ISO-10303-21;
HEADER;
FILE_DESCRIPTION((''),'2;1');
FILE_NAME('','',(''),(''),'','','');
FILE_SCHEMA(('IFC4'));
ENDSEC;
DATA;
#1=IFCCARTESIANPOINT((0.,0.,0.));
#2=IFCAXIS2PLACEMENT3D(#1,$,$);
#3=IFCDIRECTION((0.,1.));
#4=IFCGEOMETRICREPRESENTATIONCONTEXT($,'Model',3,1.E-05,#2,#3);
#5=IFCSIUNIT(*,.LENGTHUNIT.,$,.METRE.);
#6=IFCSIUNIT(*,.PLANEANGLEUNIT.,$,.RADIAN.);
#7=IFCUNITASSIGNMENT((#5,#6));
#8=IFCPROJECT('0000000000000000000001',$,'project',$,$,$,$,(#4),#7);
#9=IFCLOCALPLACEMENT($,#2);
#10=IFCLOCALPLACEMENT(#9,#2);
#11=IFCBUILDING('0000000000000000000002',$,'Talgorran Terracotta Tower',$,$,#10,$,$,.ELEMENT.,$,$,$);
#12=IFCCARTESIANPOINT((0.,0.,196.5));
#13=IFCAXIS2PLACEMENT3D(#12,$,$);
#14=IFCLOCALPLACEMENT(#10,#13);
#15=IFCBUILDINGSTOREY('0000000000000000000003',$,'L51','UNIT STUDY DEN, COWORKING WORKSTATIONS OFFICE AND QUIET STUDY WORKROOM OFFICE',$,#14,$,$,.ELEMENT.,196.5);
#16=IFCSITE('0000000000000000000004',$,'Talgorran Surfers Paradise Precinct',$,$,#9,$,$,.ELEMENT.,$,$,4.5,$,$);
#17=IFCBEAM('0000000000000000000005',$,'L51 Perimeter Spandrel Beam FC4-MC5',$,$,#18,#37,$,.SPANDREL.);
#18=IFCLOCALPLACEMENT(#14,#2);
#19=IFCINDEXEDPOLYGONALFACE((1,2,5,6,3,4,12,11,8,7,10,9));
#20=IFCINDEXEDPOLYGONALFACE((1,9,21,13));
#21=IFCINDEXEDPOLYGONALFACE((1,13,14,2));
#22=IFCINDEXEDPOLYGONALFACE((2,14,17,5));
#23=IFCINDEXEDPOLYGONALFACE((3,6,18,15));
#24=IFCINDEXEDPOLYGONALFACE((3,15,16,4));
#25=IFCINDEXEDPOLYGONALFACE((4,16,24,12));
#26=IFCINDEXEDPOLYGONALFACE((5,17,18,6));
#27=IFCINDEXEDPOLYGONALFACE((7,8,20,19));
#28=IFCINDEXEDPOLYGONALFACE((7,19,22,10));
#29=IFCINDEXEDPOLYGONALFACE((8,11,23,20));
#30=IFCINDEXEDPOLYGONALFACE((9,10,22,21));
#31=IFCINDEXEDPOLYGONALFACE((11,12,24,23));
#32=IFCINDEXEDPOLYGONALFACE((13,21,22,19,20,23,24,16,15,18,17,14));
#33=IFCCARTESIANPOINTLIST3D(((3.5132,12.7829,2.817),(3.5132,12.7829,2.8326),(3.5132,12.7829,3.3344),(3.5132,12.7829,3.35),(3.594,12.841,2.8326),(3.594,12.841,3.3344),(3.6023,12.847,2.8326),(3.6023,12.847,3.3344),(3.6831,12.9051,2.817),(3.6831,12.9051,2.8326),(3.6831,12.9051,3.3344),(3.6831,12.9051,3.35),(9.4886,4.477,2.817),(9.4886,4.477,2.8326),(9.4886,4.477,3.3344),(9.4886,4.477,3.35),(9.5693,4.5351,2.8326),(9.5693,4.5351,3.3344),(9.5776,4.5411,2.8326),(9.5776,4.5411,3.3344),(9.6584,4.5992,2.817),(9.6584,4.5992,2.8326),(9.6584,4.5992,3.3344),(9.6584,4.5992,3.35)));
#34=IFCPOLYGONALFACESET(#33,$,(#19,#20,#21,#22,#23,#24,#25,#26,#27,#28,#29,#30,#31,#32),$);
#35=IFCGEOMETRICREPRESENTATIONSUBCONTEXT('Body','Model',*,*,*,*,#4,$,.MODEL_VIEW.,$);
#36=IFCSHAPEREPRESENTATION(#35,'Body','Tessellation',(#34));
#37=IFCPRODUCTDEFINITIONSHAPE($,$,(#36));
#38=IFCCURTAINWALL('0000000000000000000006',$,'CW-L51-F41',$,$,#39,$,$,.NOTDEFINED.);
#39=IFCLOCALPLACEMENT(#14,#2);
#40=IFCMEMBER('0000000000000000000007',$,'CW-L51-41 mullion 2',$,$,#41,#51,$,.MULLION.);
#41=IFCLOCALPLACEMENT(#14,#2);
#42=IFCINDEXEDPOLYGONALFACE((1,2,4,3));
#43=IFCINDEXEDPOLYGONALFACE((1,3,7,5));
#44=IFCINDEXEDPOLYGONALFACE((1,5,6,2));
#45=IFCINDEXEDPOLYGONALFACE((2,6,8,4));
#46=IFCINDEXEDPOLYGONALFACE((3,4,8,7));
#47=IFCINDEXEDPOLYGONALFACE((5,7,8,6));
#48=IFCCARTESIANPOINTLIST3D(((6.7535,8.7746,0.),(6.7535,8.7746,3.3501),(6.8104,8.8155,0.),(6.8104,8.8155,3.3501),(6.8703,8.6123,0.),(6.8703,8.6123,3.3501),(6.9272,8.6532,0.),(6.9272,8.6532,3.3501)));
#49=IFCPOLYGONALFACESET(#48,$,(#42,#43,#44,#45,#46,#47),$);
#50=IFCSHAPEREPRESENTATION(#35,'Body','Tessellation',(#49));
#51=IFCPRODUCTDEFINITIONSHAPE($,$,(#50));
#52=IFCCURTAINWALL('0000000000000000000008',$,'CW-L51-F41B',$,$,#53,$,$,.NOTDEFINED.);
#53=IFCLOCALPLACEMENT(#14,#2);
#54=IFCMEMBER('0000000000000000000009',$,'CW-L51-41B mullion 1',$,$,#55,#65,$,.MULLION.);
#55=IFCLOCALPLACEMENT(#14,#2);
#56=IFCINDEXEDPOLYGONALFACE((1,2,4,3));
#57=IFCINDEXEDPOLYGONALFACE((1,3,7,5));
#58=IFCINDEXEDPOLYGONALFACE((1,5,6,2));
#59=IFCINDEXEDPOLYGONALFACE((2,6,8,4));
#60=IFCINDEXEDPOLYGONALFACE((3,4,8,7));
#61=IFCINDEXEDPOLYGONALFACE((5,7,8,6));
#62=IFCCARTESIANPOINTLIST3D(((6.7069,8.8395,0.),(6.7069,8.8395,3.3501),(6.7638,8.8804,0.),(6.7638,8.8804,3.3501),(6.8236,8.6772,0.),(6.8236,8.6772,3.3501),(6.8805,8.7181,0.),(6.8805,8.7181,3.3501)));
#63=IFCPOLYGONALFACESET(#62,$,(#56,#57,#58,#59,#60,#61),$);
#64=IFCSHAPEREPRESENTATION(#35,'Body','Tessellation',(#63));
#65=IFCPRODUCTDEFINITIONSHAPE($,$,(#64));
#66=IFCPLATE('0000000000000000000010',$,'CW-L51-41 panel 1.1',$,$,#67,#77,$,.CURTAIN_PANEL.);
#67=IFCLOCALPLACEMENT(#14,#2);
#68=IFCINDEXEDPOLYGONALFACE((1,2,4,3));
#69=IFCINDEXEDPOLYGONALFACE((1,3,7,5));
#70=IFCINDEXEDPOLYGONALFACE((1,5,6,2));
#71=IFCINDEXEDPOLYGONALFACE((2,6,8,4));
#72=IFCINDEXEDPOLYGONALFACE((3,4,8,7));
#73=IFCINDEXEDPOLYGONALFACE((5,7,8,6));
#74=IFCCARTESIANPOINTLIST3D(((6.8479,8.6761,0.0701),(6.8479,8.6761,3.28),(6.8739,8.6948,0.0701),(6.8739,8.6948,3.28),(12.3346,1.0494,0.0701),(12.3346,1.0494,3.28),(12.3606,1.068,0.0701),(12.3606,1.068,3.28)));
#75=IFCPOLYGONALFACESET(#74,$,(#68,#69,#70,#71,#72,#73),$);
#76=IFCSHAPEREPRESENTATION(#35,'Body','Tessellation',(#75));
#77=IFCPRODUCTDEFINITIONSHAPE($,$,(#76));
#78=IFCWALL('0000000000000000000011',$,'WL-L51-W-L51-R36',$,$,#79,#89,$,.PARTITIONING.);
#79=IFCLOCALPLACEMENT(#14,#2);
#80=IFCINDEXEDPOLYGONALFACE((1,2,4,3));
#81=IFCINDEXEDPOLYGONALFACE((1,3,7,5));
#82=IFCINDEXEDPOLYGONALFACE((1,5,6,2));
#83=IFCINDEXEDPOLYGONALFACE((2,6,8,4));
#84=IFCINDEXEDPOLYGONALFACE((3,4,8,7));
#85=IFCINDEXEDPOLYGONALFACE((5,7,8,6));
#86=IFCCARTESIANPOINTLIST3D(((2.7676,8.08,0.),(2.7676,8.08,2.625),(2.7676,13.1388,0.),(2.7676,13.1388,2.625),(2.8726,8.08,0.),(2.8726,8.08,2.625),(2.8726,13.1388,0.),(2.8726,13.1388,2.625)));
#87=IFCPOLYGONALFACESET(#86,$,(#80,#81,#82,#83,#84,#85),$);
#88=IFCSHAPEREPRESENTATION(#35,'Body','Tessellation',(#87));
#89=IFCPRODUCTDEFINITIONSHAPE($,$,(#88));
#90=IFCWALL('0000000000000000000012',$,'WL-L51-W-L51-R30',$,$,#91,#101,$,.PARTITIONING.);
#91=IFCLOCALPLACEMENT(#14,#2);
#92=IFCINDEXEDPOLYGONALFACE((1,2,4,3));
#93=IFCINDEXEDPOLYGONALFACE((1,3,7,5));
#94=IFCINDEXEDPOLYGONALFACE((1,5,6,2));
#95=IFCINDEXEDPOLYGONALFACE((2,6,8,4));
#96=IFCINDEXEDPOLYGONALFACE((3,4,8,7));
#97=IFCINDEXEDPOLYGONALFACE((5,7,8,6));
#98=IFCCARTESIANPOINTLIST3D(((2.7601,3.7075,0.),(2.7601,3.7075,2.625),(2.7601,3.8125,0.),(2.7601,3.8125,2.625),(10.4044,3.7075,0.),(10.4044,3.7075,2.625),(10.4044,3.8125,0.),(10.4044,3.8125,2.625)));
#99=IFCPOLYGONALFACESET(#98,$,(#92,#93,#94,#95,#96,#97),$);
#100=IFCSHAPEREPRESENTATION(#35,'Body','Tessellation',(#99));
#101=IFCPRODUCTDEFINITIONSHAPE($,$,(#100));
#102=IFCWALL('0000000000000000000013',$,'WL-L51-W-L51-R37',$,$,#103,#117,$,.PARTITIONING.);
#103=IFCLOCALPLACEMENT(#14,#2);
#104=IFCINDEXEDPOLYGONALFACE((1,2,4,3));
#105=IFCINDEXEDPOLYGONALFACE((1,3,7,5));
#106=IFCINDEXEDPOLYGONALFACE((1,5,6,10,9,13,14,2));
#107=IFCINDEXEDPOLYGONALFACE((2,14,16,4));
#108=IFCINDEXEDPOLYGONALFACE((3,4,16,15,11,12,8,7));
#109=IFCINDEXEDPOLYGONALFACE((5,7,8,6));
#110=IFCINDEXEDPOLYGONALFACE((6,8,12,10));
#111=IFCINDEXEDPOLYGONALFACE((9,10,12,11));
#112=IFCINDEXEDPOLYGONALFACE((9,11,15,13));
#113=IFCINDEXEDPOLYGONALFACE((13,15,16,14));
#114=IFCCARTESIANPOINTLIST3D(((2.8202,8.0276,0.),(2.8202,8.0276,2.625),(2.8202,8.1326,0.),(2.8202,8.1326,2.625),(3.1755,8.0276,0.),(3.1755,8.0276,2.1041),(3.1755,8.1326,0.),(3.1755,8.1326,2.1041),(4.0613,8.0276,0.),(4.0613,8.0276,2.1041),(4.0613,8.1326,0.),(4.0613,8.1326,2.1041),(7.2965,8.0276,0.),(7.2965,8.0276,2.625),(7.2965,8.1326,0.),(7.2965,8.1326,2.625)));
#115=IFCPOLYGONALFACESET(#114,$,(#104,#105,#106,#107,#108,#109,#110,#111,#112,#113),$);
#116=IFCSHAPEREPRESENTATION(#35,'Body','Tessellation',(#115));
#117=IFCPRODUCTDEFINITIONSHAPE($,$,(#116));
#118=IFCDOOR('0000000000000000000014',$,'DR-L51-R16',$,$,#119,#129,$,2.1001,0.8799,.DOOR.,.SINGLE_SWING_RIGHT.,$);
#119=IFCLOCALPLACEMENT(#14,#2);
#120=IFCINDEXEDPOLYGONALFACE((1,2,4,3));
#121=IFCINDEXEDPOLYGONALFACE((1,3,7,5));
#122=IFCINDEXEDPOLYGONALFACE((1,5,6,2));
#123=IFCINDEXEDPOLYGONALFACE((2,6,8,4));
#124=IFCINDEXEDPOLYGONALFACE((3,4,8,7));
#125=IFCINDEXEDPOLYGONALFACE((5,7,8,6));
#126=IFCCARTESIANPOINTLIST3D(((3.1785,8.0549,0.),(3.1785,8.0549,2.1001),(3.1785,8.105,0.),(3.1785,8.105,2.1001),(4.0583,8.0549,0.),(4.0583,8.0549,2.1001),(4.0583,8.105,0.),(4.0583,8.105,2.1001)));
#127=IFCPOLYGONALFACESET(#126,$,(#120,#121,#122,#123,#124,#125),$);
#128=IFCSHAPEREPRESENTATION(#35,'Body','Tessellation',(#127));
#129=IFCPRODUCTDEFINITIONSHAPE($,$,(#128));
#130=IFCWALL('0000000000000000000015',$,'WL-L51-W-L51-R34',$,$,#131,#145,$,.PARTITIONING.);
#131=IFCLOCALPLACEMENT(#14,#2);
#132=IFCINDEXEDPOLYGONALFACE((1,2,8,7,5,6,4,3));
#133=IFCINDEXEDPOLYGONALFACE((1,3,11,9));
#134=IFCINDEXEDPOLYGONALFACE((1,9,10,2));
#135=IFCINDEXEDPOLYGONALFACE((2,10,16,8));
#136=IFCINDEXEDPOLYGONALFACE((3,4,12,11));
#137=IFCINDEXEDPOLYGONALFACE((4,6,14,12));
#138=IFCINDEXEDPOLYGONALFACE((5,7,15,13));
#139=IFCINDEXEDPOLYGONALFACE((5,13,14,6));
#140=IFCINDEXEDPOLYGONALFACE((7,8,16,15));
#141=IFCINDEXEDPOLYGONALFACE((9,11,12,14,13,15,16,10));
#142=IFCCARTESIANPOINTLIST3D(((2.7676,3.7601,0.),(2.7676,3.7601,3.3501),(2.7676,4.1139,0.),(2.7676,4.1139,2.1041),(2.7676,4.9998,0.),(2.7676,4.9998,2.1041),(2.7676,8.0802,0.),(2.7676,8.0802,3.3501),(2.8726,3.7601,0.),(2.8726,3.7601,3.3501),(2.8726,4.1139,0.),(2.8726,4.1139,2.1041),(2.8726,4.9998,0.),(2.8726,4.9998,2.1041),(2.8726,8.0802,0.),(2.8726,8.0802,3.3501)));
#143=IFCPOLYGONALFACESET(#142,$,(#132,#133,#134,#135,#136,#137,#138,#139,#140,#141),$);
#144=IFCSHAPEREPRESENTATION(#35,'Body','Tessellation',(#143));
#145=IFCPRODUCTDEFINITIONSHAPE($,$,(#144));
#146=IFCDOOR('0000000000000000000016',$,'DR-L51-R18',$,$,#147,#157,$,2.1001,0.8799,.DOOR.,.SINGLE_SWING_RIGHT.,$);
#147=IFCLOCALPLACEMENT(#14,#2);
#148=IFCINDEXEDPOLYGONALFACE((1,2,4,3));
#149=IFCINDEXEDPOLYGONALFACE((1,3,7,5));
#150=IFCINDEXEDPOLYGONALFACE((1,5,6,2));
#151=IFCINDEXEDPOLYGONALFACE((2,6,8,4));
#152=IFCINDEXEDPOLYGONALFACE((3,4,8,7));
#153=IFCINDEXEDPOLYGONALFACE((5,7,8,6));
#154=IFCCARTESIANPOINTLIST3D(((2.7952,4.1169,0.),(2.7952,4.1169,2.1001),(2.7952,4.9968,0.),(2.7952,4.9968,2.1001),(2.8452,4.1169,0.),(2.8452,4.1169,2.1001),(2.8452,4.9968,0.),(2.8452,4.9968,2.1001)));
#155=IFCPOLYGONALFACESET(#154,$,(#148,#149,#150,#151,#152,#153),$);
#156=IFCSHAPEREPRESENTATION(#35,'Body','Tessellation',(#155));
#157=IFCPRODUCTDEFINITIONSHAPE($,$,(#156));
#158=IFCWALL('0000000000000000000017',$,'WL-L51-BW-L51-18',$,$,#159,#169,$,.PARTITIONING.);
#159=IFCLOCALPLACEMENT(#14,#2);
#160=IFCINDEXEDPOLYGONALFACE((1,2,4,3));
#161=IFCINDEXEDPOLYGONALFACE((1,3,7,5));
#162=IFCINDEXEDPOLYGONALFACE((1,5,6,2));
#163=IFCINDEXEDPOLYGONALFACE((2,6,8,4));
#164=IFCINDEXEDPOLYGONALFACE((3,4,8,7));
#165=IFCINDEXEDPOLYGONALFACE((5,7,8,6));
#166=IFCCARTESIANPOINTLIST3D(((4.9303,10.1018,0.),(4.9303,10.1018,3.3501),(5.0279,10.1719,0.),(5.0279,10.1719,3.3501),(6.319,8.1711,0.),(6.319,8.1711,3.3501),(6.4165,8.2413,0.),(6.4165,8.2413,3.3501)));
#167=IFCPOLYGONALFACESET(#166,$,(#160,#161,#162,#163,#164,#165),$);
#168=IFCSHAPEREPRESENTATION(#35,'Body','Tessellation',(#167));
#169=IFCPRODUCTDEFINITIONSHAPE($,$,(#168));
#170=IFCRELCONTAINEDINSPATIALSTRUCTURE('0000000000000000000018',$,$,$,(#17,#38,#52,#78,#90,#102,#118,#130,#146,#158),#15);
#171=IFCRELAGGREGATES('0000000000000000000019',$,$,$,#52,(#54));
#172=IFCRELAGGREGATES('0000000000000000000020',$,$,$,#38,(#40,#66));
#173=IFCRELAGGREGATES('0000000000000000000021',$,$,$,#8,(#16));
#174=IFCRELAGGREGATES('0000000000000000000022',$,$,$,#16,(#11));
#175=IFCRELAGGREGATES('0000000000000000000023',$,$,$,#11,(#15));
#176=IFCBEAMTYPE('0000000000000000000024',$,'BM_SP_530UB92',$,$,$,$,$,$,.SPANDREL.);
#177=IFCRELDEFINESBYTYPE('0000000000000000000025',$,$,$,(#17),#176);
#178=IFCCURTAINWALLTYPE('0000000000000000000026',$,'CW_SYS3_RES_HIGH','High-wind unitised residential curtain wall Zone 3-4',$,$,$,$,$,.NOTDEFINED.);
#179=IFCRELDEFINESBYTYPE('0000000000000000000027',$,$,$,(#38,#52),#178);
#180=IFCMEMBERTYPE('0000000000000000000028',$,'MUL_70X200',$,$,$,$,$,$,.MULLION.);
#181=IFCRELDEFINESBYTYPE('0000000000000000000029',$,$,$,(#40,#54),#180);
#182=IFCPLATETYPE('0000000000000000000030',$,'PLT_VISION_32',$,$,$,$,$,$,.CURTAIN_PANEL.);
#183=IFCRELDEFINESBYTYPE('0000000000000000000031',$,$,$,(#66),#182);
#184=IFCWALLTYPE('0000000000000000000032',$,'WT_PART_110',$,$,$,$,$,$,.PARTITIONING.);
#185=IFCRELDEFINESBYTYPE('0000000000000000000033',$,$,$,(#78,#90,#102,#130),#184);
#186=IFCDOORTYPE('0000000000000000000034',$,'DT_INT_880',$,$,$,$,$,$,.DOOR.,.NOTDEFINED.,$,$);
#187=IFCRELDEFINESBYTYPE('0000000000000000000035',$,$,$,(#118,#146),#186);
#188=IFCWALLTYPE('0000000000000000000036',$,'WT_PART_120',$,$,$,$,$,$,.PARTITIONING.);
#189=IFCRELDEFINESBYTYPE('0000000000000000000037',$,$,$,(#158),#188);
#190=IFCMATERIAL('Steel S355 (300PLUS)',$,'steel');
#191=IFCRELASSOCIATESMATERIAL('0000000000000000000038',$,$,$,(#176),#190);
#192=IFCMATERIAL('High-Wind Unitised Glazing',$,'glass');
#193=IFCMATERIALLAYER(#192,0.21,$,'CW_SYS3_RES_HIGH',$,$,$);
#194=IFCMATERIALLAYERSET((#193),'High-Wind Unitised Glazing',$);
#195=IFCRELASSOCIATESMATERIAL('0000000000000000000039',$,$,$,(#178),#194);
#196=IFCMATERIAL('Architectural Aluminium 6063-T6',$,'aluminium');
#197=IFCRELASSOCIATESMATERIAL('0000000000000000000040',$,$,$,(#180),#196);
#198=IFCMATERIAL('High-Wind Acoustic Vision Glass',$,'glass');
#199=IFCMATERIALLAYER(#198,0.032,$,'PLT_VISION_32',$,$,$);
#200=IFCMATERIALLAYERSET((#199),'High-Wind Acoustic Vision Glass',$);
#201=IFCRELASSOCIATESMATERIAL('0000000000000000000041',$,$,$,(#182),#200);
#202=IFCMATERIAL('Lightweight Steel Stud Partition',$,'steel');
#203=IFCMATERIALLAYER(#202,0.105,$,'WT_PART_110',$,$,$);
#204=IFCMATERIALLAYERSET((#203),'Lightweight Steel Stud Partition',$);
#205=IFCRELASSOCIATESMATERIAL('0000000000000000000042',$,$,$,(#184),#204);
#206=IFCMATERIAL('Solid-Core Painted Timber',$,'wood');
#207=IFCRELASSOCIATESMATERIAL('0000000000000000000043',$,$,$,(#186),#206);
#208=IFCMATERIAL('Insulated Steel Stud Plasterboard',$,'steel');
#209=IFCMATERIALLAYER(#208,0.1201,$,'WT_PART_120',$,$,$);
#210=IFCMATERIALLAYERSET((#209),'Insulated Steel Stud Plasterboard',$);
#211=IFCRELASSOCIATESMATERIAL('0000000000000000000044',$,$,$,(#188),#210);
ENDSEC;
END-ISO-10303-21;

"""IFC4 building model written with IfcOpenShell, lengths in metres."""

from ifc_helpers import new_model, si_unit, direction, frame, frame_2d, origin, origin_2d, place, context, subcontext, project, spatial, rectangle, i_section, extrude, source, transform, mapped, material, layer, layer_set, material_profile, profile_set, type_object, type_shapes, element, fill, aggregate, save


model = new_model("IFC4")

# Units and contexts
model_context = context("Model", 3, precision=1e-05, world=origin(), true_north=direction((0.0, 1.0)))
body_context = subcontext(model_context, "Body", "Model", "MODEL_VIEW")
ifc_project = project(units=[si_unit("LENGTHUNIT", "METRE"), si_unit("PLANEANGLEUNIT", "RADIAN")], contexts=[model_context])

# Site, building, storey
site_placement = place(None, origin())
site = spatial("IfcSite", under=ifc_project, at=site_placement, Name="Talgorran Surfers Paradise Precinct", CompositionType="ELEMENT", RefElevation=4.5)
building_placement = place(site_placement, origin())
building = spatial("IfcBuilding", under=site, at=building_placement, Name="Talgorran Terracotta Tower", CompositionType="ELEMENT")
storey_placement = place(building_placement, frame((0.0, 0.0, 196.5)))
storey = spatial("IfcBuildingStorey", under=building, at=storey_placement, Name="L51", Description="UNIT STUDY DEN, COWORKING WORKSTATIONS OFFICE AND QUIET STUDY WORKROOM OFFICE", CompositionType="ELEMENT", Elevation=196.5)

# Shared definitions
ifc_material_1 = material(Name="Steel S355 (300PLUS)", Category="steel")

# Beam
ifc_material_profile_1 = material_profile(ifc_material_1, i_section(OverallWidth=0.2092, OverallDepth=0.533, WebThickness=0.0103, FlangeThickness=0.0156, at=origin_2d()), Name="530UB92.4")
ifc_profile_set_1 = profile_set([ifc_material_profile_1], Name="Steel S355 (300PLUS)")
beam_type_1 = type_object("IfcBeamType", Name="BM_SP_530UB92", PredefinedType="SPANDREL", material=ifc_profile_set_1)
beam_1_placement = place(storey_placement, frame((9.5735, 4.5381, 3.0835), z_axis=(-0.583989, 0.811762, 0.0), x_axis=(-0.811762, -0.583989, 0.0)))
element("IfcBeam", 1, at=beam_1_placement, inside=storey, type_object=beam_type_1, Name="L51 Perimeter Spandrel Beam FC4-MC5", PredefinedType="SPANDREL", context=body_context, shape_type="SweptSolid", body=[
    extrude(i_section(OverallWidth=0.2092, OverallDepth=0.533, WebThickness=0.0103, FlangeThickness=0.0156, at=origin_2d()), origin(), (0.0, 0.0, 1.0), 10.2319),
])

# Curtain walls, members
ifc_material_2 = material(Name="High-Wind Unitised Glazing", Category="glass")
ifc_layer_1 = layer(ifc_material_2, 0.21, Name="CW_SYS3_RES_HIGH")
ifc_layer_set_1 = layer_set([ifc_layer_1], Name="High-Wind Unitised Glazing")
curtain_wall_type = type_object("IfcCurtainWallType", Name="CW_SYS3_RES_HIGH", Description="High-wind unitised residential curtain wall Zone 3-4", PredefinedType="NOTDEFINED", material=ifc_layer_set_1)
curtain_wall_1_placement = place(storey_placement, origin())
curtain_wall_1 = element("IfcCurtainWall", 2, at=curtain_wall_1_placement, inside=storey, type_object=curtain_wall_type, Name="CW-L51-F41", PredefinedType="NOTDEFINED")
ifc_material_3 = material(Name="Architectural Aluminium 6063-T6", Category="aluminium")
ifc_material_profile_2 = material_profile(ifc_material_3, rectangle(XDim=0.0701, YDim=0.2, at=origin_2d()), Name="CWM70X200")
ifc_profile_set_2 = profile_set([ifc_material_profile_2], Name="Architectural Aluminium 6063-T6")
member_type = type_object("IfcMemberType", Name="MUL_70X200", PredefinedType="MULLION", material=ifc_profile_set_2)
member_1_placement = place(storey_placement, frame((6.8403, 8.7139, 0.0), z_axis=(0.0, 0.0, 1.0), x_axis=(-0.811762, -0.583988, 0.0)))
member_1 = element("IfcMember", 3, at=member_1_placement, type_object=member_type, Name="CW-L51-41 mullion 2", PredefinedType="MULLION", context=body_context, shape_type="SweptSolid", body=[
    extrude(rectangle(XDim=0.0701, YDim=0.2, at=origin_2d()), origin(), (0.0, 0.0, 1.0), 3.3501),
])
curtain_wall_2_placement = place(storey_placement, origin())
curtain_wall_2 = element("IfcCurtainWall", 4, at=curtain_wall_2_placement, inside=storey, type_object=curtain_wall_type, Name="CW-L51-F41B", PredefinedType="NOTDEFINED")
member_2_placement = place(storey_placement, frame((6.7937, 8.7788, 0.0), z_axis=(0.0, 0.0, 1.0), x_axis=(-0.811758, -0.583994, 0.0)))
member_2 = element("IfcMember", 5, at=member_2_placement, type_object=member_type, Name="CW-L51-41B mullion 1", PredefinedType="MULLION", context=body_context, shape_type="SweptSolid", body=[
    extrude(rectangle(XDim=0.0701, YDim=0.2, at=origin_2d()), origin(), (0.0, 0.0, 1.0), 3.3501),
])
aggregate(curtain_wall_2, [member_2])

# Plate
ifc_material_4 = material(Name="High-Wind Acoustic Vision Glass", Category="glass")
ifc_layer_2 = layer(ifc_material_4, 0.032, Name="PLT_VISION_32")
ifc_layer_set_2 = layer_set([ifc_layer_2], Name="High-Wind Acoustic Vision Glass")
plate_type = type_object("IfcPlateType", Name="PLT_VISION_32", PredefinedType="CURTAIN_PANEL", material=ifc_layer_set_2)
shared_shape = source(origin(), body_context, "Body", "SweptSolid", [
    extrude(rectangle(XDim=9.3953, YDim=0.032, at=origin_2d()), origin(), (0.0, 0.0, 1.0), 3.21),
])
type_shapes(plate_type, [shared_shape])
plate_placement = place(storey_placement, frame((9.6042, 4.8721, 0.0701), z_axis=(0.0, 0.0, 1.0), x_axis=(-0.583988, 0.811762, 0.0)))
plate = element("IfcPlate", 6, at=plate_placement, type_object=plate_type, Name="CW-L51-41 panel 1.1", PredefinedType="CURTAIN_PANEL", context=body_context, shape_type="MappedRepresentation", body=[
    mapped(shared_shape, transform((0.0, 0.0, 0.0), scale=1.0)),
])
aggregate(curtain_wall_1, [member_1, plate])

# Walls
ifc_material_5 = material(Name="Lightweight Steel Stud Partition", Category="steel")
ifc_layer_3 = layer(ifc_material_5, 0.105, Name="WT_PART_110")
ifc_layer_set_3 = layer_set([ifc_layer_3], Name="Lightweight Steel Stud Partition")
wall_type_1 = type_object("IfcWallType", Name="WT_PART_110", PredefinedType="PARTITIONING", material=ifc_layer_set_3)
wall_1_placement = place(storey_placement, frame((2.8201, 8.0801, 0.0), z_axis=(0.0, 0.0, 1.0), x_axis=(0.0, 1.0, 0.0)))
element("IfcWall", 7, at=wall_1_placement, inside=storey, type_object=wall_type_1, Name="WL-L51-W-L51-R36", PredefinedType="PARTITIONING", context=body_context, shape_type="SweptSolid", body=[
    extrude(rectangle(XDim=5.0588, YDim=0.105, at=frame_2d((2.5293, 0.0))), origin(), (0.0, 0.0, 1.0), 2.625),
])
wall_2_placement = place(storey_placement, frame((2.76, 3.76, 0.0), z_axis=(0.0, 0.0, 1.0), x_axis=(1.0, 0.0, 0.0)))
element("IfcWall", 8, at=wall_2_placement, inside=storey, type_object=wall_type_1, Name="WL-L51-W-L51-R30", PredefinedType="PARTITIONING", context=body_context, shape_type="SweptSolid", body=[
    extrude(rectangle(XDim=7.6443, YDim=0.105, at=frame_2d((3.8223, 0.0))), origin(), (0.0, 0.0, 1.0), 2.625),
])

# Walls, openings, doors
wall_3_placement = place(storey_placement, frame((2.8201, 8.0801, 0.0), z_axis=(0.0, 0.0, 1.0), x_axis=(1.0, 0.0, 0.0)))
wall_3 = element("IfcWall", 9, at=wall_3_placement, inside=storey, type_object=wall_type_1, Name="WL-L51-W-L51-R37", PredefinedType="PARTITIONING", context=body_context, shape_type="SweptSolid", body=[
    extrude(rectangle(XDim=4.4763, YDim=0.105, at=frame_2d((2.2383, 0.0))), origin(), (0.0, 0.0, 1.0), 2.625),
])
opening_1_placement = place(wall_3_placement, frame((0.3584, 0.0, 0.0)))
opening_1 = element("IfcOpeningElement", 10, at=opening_1_placement, cuts=wall_3, PredefinedType="OPENING", context=body_context, shape_type="SweptSolid", body=[
    extrude(rectangle(XDim=0.8859, YDim=2.1041, at=frame_2d((0.4399, 1.052))), frame((0.0, 0.0625, 0.0), z_axis=(0.0, -1.0, 0.0), x_axis=(1.0, 0.0, 0.0)), (0.0, 0.0, 1.0), 0.125),
])
ifc_material_6 = material(Name="Solid-Core Painted Timber", Category="wood")
door_type = type_object("IfcDoorType", Name="DT_INT_880", OperationType="NOTDEFINED", PredefinedType="DOOR", material=ifc_material_6)
door_1_placement = place(opening_1_placement, origin())
door_1 = element("IfcDoor", 11, at=door_1_placement, inside=storey, type_object=door_type, Name="DR-L51-R16", OperationType="SINGLE_SWING_RIGHT", OverallHeight=2.1001, OverallWidth=0.8799, PredefinedType="DOOR", context=body_context, shape_type="SweptSolid", body=[
    extrude(rectangle(XDim=0.8799, YDim=2.1001, at=frame_2d((0.4399, 1.05))), frame((0.0, 0.0249, 0.0), z_axis=(0.0, -1.0, 0.0), x_axis=(1.0, 0.0, 0.0)), (0.0, 0.0, 1.0), 0.05),
])
fill(opening_1, door_1)
wall_4_placement = place(storey_placement, frame((2.8201, 3.76, 0.0), z_axis=(0.0, 0.0, 1.0), x_axis=(0.0, 1.0, 0.0)))
wall_4 = element("IfcWall", 12, at=wall_4_placement, inside=storey, type_object=wall_type_1, Name="WL-L51-W-L51-R34", PredefinedType="PARTITIONING", context=body_context, shape_type="SweptSolid", body=[
    extrude(rectangle(XDim=4.3201, YDim=0.105, at=frame_2d((2.1602, 0.0))), origin(), (0.0, 0.0, 1.0), 3.3501),
])
opening_2_placement = place(wall_4_placement, frame((0.3569, 0.0, 0.0)))
opening_2 = element("IfcOpeningElement", 13, at=opening_2_placement, cuts=wall_4, PredefinedType="OPENING", context=body_context, shape_type="SweptSolid", body=[
    extrude(rectangle(XDim=0.8859, YDim=2.1041, at=frame_2d((0.4399, 1.052))), frame((0.0, 0.0625, 0.0), z_axis=(0.0, -1.0, 0.0), x_axis=(1.0, 0.0, 0.0)), (0.0, 0.0, 1.0), 0.125),
])
door_2_placement = place(opening_2_placement, origin())
door_2 = element("IfcDoor", 14, at=door_2_placement, inside=storey, type_object=door_type, Name="DR-L51-R18", OperationType="SINGLE_SWING_RIGHT", OverallHeight=2.1001, OverallWidth=0.8799, PredefinedType="DOOR", context=body_context, shape_type="SweptSolid", body=[
    extrude(rectangle(XDim=0.8799, YDim=2.1001, at=frame_2d((0.4399, 1.05))), frame((0.0, 0.0249, 0.0), z_axis=(0.0, -1.0, 0.0), x_axis=(1.0, 0.0, 0.0)), (0.0, 0.0, 1.0), 0.05),
])
fill(opening_2, door_2)

# Wall
ifc_material_7 = material(Name="Insulated Steel Stud Plasterboard", Category="steel")
ifc_layer_4 = layer(ifc_material_7, 0.1201, Name="WT_PART_120")
ifc_layer_set_4 = layer_set([ifc_layer_4], Name="Insulated Steel Stud Plasterboard")
wall_type_2 = type_object("IfcWallType", Name="WT_PART_120", PredefinedType="PARTITIONING", material=ifc_layer_set_4)
wall_5_placement = place(storey_placement, frame((6.3677, 8.2063, 0.0), z_axis=(0.0, 0.0, 1.0), x_axis=(-0.583915, 0.811815, 0.0)))
element("IfcWall", 15, at=wall_5_placement, inside=storey, type_object=wall_type_2, Name="WL-L51-BW-L51-18", PredefinedType="PARTITIONING", context=body_context, shape_type="SweptSolid", body=[
    extrude(rectangle(XDim=2.3782, YDim=0.1201, at=frame_2d((1.189, 0.0))), origin(), (0.0, 0.0, 1.0), 3.3501),
])

save(model, "model.ifc")
